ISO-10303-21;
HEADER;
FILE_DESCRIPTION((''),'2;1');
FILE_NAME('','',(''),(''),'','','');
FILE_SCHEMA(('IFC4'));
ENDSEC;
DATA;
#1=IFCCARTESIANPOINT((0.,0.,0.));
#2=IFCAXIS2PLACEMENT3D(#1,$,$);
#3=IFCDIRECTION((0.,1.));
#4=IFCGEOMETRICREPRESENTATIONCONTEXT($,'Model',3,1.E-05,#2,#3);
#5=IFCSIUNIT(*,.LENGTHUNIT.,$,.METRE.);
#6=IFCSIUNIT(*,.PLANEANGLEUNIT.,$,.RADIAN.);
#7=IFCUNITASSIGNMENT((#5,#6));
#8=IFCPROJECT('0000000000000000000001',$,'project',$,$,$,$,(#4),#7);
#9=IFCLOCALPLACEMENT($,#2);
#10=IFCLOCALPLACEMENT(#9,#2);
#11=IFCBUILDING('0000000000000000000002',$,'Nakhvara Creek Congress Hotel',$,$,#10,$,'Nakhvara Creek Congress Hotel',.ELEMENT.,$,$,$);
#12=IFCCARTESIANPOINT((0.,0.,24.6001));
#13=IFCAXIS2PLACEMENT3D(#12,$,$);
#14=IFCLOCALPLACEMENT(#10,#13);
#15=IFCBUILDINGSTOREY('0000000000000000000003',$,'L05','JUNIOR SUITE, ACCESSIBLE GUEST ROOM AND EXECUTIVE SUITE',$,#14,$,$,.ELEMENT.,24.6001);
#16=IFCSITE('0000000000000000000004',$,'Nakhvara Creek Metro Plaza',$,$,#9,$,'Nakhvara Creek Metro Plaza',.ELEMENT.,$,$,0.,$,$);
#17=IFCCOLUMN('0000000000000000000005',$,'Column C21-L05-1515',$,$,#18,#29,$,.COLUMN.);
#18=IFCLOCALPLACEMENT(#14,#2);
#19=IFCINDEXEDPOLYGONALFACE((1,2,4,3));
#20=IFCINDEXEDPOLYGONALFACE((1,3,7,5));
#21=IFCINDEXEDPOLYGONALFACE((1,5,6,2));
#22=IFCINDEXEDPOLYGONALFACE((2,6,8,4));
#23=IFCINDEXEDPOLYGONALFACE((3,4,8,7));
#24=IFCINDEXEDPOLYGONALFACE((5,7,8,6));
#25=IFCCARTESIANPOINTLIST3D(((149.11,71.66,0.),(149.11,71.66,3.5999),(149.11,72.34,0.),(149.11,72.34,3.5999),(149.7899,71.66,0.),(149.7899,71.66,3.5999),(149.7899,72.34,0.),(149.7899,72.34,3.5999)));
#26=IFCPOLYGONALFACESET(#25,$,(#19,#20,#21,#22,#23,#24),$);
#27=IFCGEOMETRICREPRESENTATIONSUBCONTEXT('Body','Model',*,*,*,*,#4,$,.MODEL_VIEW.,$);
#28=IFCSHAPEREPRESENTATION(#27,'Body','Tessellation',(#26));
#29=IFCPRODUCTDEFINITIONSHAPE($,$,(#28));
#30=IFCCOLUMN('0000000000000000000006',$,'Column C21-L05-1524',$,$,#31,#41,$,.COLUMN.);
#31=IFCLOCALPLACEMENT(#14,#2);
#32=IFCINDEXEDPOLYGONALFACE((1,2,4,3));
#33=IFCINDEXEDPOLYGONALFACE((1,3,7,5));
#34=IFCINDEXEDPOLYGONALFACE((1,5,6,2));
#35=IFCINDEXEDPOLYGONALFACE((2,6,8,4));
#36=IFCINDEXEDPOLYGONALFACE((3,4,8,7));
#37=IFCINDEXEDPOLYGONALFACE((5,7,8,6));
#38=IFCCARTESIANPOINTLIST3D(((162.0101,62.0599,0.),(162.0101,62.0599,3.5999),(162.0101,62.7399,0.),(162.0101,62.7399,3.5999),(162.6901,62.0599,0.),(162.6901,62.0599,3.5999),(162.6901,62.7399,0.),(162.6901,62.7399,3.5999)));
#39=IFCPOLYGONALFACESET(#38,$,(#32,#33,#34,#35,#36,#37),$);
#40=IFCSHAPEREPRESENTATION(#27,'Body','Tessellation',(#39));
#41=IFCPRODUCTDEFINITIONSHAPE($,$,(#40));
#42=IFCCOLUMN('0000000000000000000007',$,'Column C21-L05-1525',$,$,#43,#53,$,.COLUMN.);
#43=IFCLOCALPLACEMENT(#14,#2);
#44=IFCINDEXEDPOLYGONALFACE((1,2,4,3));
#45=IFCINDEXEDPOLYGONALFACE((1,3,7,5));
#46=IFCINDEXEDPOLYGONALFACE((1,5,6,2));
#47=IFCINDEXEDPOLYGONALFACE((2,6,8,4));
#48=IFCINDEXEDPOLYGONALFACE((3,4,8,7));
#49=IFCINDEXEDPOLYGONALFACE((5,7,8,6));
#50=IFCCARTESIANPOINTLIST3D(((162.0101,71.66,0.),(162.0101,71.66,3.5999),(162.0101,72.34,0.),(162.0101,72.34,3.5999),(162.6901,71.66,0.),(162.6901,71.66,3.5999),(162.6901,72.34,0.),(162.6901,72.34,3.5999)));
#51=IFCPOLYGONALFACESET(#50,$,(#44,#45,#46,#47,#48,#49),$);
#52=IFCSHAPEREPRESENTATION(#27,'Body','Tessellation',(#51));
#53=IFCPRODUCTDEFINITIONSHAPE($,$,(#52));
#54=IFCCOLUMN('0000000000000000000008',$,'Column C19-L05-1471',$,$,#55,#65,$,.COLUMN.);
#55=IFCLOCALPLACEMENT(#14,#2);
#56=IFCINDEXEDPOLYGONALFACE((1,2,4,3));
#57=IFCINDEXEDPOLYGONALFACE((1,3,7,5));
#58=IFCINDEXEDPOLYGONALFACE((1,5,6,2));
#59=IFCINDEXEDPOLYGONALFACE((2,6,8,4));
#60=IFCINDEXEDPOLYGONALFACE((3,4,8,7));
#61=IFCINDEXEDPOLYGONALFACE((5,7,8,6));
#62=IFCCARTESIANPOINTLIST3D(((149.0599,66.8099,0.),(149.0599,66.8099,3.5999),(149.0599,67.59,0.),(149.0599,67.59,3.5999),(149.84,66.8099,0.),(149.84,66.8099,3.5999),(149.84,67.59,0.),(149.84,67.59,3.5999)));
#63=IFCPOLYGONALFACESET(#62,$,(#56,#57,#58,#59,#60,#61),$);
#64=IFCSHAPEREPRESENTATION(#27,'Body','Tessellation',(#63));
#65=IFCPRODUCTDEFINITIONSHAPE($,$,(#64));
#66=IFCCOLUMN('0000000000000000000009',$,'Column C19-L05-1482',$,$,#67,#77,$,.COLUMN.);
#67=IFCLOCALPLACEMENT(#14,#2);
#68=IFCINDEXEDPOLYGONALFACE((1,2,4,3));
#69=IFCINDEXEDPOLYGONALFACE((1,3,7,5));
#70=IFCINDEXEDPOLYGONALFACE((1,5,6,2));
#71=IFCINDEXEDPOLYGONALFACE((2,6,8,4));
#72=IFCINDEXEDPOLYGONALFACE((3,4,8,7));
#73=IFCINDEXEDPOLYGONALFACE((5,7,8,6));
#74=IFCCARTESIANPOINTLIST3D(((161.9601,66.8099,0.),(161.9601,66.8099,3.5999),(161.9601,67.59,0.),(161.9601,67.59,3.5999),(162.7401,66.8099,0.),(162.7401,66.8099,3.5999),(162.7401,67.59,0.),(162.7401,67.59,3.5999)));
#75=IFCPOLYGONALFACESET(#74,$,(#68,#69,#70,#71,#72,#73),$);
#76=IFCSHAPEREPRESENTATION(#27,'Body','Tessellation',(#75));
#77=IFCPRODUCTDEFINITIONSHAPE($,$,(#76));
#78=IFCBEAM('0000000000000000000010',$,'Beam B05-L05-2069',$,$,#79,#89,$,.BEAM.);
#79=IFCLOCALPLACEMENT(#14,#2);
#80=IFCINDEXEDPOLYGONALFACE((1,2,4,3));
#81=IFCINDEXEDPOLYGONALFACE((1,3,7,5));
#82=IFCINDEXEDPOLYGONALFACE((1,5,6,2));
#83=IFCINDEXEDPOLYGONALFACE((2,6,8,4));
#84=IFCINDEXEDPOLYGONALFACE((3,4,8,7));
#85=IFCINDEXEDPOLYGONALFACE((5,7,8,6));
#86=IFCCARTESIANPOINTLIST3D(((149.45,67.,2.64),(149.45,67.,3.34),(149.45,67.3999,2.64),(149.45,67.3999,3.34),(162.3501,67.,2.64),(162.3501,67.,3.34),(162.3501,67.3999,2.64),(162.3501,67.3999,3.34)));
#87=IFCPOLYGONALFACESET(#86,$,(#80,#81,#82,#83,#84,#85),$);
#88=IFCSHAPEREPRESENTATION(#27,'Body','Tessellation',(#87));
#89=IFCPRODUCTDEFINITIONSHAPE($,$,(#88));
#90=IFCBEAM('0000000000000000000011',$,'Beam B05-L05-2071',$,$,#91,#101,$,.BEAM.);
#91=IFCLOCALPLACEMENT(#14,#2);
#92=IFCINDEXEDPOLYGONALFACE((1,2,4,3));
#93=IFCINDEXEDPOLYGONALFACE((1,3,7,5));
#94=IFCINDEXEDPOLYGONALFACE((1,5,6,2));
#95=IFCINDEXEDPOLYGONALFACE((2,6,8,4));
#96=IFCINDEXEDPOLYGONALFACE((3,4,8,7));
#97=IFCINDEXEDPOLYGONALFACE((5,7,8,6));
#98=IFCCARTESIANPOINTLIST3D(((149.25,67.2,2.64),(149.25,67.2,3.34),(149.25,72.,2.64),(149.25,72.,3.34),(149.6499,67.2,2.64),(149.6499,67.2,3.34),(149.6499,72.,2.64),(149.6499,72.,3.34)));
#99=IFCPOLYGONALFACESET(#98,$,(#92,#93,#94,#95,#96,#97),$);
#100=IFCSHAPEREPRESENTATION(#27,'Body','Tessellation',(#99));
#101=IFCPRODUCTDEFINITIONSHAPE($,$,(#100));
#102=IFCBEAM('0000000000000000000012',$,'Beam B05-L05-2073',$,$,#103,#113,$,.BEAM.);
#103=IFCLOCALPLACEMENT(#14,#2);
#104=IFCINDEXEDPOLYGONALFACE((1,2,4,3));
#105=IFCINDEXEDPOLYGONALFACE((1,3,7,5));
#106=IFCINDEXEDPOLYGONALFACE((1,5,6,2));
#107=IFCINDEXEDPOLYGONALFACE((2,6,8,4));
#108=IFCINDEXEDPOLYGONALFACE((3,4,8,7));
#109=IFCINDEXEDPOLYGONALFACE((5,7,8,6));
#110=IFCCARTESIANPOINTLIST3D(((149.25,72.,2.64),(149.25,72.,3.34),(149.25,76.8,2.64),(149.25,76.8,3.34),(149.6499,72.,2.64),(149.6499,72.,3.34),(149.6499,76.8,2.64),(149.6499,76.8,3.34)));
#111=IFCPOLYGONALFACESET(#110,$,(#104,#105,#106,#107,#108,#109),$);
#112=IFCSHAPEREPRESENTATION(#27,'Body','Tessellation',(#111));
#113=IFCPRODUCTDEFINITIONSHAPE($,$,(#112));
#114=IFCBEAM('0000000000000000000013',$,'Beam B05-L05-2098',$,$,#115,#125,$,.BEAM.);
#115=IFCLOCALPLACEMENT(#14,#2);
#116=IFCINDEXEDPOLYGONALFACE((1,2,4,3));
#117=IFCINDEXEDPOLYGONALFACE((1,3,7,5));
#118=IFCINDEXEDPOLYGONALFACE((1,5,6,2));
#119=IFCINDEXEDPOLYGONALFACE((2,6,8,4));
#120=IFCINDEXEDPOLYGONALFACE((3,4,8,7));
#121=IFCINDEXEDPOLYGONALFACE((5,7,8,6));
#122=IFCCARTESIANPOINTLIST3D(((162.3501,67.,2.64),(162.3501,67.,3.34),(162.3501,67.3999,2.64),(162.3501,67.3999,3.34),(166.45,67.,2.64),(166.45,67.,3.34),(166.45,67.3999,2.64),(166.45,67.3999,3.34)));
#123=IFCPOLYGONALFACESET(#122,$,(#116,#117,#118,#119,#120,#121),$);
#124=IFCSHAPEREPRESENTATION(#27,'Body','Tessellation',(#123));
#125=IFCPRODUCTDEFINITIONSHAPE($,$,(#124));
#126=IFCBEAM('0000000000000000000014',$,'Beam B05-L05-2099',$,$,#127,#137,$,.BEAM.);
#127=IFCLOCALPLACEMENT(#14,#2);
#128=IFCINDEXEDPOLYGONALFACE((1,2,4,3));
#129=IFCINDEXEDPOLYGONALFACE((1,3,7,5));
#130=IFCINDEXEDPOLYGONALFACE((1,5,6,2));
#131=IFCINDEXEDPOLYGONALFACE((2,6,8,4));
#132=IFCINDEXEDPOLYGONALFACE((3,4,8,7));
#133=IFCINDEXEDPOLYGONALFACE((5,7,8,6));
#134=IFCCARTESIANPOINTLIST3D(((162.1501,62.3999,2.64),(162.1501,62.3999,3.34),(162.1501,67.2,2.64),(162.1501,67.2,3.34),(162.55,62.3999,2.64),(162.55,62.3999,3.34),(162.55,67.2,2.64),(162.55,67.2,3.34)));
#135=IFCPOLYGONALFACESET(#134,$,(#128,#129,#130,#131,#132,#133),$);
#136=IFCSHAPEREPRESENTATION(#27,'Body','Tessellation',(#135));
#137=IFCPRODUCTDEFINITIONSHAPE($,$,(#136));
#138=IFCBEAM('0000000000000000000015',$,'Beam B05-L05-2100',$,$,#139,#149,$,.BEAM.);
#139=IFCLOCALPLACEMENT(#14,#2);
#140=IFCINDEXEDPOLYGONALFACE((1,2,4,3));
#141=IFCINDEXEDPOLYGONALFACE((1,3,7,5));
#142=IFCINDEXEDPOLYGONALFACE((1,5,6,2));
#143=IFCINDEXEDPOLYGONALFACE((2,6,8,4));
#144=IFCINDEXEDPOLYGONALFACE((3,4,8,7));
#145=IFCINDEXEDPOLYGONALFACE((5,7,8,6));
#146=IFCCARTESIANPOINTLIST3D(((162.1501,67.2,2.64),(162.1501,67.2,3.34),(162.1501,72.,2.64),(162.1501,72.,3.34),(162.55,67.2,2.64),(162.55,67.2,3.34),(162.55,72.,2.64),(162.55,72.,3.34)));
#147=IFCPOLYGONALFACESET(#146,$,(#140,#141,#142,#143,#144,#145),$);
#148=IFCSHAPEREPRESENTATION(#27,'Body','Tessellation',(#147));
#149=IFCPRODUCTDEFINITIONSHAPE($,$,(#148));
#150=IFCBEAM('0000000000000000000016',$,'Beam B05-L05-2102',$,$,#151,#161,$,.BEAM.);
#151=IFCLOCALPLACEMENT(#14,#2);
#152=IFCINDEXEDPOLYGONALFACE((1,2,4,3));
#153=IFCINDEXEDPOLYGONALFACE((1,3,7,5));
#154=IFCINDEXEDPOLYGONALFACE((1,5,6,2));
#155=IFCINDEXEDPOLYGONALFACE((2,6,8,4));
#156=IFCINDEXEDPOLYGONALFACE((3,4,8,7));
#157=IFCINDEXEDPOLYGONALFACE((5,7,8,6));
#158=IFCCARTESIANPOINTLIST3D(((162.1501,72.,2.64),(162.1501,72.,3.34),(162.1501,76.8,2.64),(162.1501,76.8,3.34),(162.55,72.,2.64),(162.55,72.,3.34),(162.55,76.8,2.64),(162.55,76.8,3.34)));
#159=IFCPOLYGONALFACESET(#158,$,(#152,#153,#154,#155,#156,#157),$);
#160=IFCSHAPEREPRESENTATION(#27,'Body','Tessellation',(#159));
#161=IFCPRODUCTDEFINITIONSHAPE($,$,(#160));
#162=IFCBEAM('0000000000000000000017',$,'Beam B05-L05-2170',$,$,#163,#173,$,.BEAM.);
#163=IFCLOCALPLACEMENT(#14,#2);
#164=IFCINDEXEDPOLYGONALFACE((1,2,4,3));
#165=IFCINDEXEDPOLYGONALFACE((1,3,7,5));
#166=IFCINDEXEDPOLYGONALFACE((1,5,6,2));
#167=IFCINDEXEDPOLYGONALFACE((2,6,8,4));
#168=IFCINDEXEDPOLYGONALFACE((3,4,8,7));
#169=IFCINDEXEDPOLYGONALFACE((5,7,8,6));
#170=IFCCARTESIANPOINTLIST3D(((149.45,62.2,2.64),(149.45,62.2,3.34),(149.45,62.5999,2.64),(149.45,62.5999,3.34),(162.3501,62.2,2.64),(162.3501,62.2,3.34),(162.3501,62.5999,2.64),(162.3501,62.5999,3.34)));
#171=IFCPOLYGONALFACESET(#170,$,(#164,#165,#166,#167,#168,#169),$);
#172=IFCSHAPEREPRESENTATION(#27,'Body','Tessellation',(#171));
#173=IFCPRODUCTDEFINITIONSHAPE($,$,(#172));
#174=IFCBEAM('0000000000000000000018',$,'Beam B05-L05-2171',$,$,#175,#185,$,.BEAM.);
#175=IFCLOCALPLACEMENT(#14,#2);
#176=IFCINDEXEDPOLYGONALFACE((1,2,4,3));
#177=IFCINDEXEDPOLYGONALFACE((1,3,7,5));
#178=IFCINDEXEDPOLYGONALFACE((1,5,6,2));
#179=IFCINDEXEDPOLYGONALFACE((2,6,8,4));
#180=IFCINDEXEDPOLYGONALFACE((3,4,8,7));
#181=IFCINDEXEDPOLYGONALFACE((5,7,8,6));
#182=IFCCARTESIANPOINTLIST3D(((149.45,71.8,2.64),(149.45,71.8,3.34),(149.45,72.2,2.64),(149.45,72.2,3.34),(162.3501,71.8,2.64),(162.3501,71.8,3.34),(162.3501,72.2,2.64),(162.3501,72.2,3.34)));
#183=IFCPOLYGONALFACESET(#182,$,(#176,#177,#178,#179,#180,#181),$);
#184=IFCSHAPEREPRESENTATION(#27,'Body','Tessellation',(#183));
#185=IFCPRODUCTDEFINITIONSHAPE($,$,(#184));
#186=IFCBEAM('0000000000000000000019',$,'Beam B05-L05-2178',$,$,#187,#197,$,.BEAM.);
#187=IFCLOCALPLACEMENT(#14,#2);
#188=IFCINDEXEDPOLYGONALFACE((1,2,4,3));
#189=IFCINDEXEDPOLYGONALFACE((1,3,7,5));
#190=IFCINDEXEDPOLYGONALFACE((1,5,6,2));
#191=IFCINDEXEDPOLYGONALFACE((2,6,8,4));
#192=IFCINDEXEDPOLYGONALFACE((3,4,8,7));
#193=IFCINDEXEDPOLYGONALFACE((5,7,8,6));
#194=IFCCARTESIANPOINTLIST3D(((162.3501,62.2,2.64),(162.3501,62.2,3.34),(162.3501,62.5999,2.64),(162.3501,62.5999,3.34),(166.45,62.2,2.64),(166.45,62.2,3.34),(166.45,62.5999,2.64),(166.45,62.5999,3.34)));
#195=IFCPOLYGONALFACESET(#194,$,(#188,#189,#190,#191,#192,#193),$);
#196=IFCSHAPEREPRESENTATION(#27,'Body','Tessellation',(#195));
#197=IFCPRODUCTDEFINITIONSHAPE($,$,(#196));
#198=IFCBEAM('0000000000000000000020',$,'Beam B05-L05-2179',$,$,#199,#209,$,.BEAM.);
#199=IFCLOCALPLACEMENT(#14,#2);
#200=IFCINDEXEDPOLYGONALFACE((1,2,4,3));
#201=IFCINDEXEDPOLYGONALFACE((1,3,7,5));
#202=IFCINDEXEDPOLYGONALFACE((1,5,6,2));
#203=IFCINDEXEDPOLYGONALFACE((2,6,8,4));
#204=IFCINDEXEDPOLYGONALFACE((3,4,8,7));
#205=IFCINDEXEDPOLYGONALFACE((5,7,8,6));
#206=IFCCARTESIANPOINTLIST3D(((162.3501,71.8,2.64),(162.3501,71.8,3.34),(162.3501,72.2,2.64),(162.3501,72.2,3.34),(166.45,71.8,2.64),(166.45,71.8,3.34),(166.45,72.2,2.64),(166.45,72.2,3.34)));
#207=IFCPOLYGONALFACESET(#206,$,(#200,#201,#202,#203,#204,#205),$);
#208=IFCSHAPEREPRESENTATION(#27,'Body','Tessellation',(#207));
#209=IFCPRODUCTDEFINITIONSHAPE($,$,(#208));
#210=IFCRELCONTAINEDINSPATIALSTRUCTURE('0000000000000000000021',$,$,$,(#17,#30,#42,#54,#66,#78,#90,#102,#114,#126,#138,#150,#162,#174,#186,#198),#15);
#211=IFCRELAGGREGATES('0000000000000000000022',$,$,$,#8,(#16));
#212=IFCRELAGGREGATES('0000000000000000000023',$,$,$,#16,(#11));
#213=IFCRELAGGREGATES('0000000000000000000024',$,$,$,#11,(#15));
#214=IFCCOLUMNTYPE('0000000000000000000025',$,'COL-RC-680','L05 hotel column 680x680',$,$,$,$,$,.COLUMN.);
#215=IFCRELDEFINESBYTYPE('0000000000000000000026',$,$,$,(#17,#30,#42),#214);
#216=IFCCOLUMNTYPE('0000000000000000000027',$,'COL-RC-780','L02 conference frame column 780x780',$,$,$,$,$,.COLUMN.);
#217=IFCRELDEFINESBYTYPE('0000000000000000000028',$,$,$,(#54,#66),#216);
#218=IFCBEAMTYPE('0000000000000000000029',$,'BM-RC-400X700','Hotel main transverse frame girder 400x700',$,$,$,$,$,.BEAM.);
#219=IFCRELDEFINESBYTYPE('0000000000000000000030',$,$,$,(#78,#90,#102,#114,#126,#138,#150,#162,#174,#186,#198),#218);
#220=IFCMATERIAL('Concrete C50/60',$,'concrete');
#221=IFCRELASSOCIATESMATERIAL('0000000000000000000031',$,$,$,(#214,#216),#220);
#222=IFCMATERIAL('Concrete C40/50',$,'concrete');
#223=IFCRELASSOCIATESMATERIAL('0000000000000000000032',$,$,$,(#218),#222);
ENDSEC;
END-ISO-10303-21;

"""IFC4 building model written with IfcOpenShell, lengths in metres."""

from ifc_helpers import new_model, si_unit, direction, frame, origin, origin_2d, place, context, subcontext, project, spatial, rectangle, extrude, material, material_profile, profile_set, type_object, element, save


model = new_model("IFC4")

# Units and contexts
model_context = context("Model", 3, precision=1e-05, world=origin(), true_north=direction((0.0, 1.0)))
body_context = subcontext(model_context, "Body", "Model", "MODEL_VIEW")
ifc_project = project(units=[si_unit("LENGTHUNIT", "METRE"), si_unit("PLANEANGLEUNIT", "RADIAN")], contexts=[model_context])

# Site, building, storey
site_placement = place(None, origin())
site = spatial("IfcSite", under=ifc_project, at=site_placement, Name="Nakhvara Creek Metro Plaza", LongName="Nakhvara Creek Metro Plaza", CompositionType="ELEMENT", RefElevation=0.0)
building_placement = place(site_placement, origin())
building = spatial("IfcBuilding", under=site, at=building_placement, Name="Nakhvara Creek Congress Hotel", LongName="Nakhvara Creek Congress Hotel", CompositionType="ELEMENT")
storey_placement = place(building_placement, frame((0.0, 0.0, 24.6001)))
storey = spatial("IfcBuildingStorey", under=building, at=storey_placement, Name="L05", Description="JUNIOR SUITE, ACCESSIBLE GUEST ROOM AND EXECUTIVE SUITE", CompositionType="ELEMENT", Elevation=24.6001)

# Columns
ifc_material_1 = material(Name="Concrete C50/60", Category="concrete")
ifc_material_profile_1 = material_profile(ifc_material_1, rectangle(XDim=0.6799, YDim=0.6799, at=origin_2d()), Name="RC-COL 680x680", Category="LoadBearing")
ifc_profile_set_1 = profile_set([ifc_material_profile_1], Name="Concrete C50/60")
column_type_1 = type_object("IfcColumnType", Name="COL-RC-680", Description="L05 hotel column 680x680", PredefinedType="COLUMN", material=ifc_profile_set_1)
for number, where, z_axis, x_axis, name in (
    (1, (149.45, 72.0, 0.0), (0.0, 0.0, 1.0), (1.0, 0.0, 0.0), "Column C21-L05-1515"),
    (2, (162.3501, 62.3999, 0.0), (0.0, 0.0, 1.0), (1.0, 0.0, 0.0), "Column C21-L05-1524"),
    (3, (162.3501, 72.0, 0.0), (0.0, 0.0, 1.0), (1.0, 0.0, 0.0), "Column C21-L05-1525"),
):
    element("IfcColumn", number, at=place(storey_placement, frame(where, z_axis=z_axis, x_axis=x_axis)), inside=storey, type_object=column_type_1, Name=name, PredefinedType="COLUMN", context=body_context, shape_type="SweptSolid", body=[
        extrude(rectangle(XDim=0.6799, YDim=0.6799, at=origin_2d()), origin(), (0.0, 0.0, 1.0), 3.5999),
    ])
ifc_material_profile_2 = material_profile(ifc_material_1, rectangle(XDim=0.78, YDim=0.78, at=origin_2d()), Name="RC-COL 780x780", Category="LoadBearing")
ifc_profile_set_2 = profile_set([ifc_material_profile_2], Name="Concrete C50/60")
column_type_2 = type_object("IfcColumnType", Name="COL-RC-780", Description="L02 conference frame column 780x780", PredefinedType="COLUMN", material=ifc_profile_set_2)
for number, where, z_axis, x_axis, name in (
    (4, (149.45, 67.2, 0.0), (0.0, 0.0, 1.0), (1.0, 0.0, 0.0), "Column C19-L05-1471"),
    (5, (162.3501, 67.2, 0.0), (0.0, 0.0, 1.0), (1.0, 0.0, 0.0), "Column C19-L05-1482"),
):
    element("IfcColumn", number, at=place(storey_placement, frame(where, z_axis=z_axis, x_axis=x_axis)), inside=storey, type_object=column_type_2, Name=name, PredefinedType="COLUMN", context=body_context, shape_type="SweptSolid", body=[
        extrude(rectangle(XDim=0.78, YDim=0.78, at=origin_2d()), origin(), (0.0, 0.0, 1.0), 3.5999),
    ])

# Beams
ifc_material_2 = material(Name="Concrete C40/50", Category="concrete")
ifc_material_profile_3 = material_profile(ifc_material_2, rectangle(XDim=0.3999, YDim=0.7, at=origin_2d()), Name="RC-BM 400x700", Category="LoadBearing")
ifc_profile_set_3 = profile_set([ifc_material_profile_3], Name="Concrete C40/50")
beam_type = type_object("IfcBeamType", Name="BM-RC-400X700", Description="Hotel main transverse frame girder 400x700", PredefinedType="BEAM", material=ifc_profile_set_3)
beam_1_placement = place(storey_placement, frame((149.45, 67.2, 2.99), z_axis=(1.0, 0.0, 0.0), x_axis=(0.0, 1.0, 0.0)))
element("IfcBeam", 6, at=beam_1_placement, inside=storey, type_object=beam_type, Name="Beam B05-L05-2069", PredefinedType="BEAM", context=body_context, shape_type="SweptSolid", body=[
    extrude(rectangle(XDim=0.3999, YDim=0.7, at=origin_2d()), origin(), (0.0, 0.0, 1.0), 12.9001),
])
for number, where, z_axis, x_axis, name in (
    (7, (149.45, 67.2, 2.99), (0.0, 1.0, 0.0), (-1.0, 0.0, 0.0), "Beam B05-L05-2071"),
    (8, (149.45, 72.0, 2.99), (0.0, 1.0, 0.0), (-1.0, 0.0, 0.0), "Beam B05-L05-2073"),
):
    element("IfcBeam", number, at=place(storey_placement, frame(where, z_axis=z_axis, x_axis=x_axis)), inside=storey, type_object=beam_type, Name=name, PredefinedType="BEAM", context=body_context, shape_type="SweptSolid", body=[
        extrude(rectangle(XDim=0.3999, YDim=0.7, at=origin_2d()), origin(), (0.0, 0.0, 1.0), 4.8),
    ])
beam_2_placement = place(storey_placement, frame((162.3501, 67.2, 2.99), z_axis=(1.0, 0.0, 0.0), x_axis=(0.0, 1.0, 0.0)))
element("IfcBeam", 9, at=beam_2_placement, inside=storey, type_object=beam_type, Name="Beam B05-L05-2098", PredefinedType="BEAM", context=body_context, shape_type="SweptSolid", body=[
    extrude(rectangle(XDim=0.3999, YDim=0.7, at=origin_2d()), origin(), (0.0, 0.0, 1.0), 4.0999),
])
for number, where, z_axis, x_axis, name in (
    (10, (162.3501, 62.3999, 2.99), (0.0, 1.0, 0.0), (-1.0, 0.0, 0.0), "Beam B05-L05-2099"),
    (11, (162.3501, 67.2, 2.99), (0.0, 1.0, 0.0), (-1.0, 0.0, 0.0), "Beam B05-L05-2100"),
    (12, (162.3501, 72.0, 2.99), (0.0, 1.0, 0.0), (-1.0, 0.0, 0.0), "Beam B05-L05-2102"),
):
    element("IfcBeam", number, at=place(storey_placement, frame(where, z_axis=z_axis, x_axis=x_axis)), inside=storey, type_object=beam_type, Name=name, PredefinedType="BEAM", context=body_context, shape_type="SweptSolid", body=[
        extrude(rectangle(XDim=0.3999, YDim=0.7, at=origin_2d()), origin(), (0.0, 0.0, 1.0), 4.8),
    ])
for number, where, z_axis, x_axis, name in (
    (13, (149.45, 62.3999, 2.99), (1.0, 0.0, 0.0), (0.0, 1.0, 0.0), "Beam B05-L05-2170"),
    (14, (149.45, 72.0, 2.99), (1.0, 0.0, 0.0), (0.0, 1.0, 0.0), "Beam B05-L05-2171"),
):
    element("IfcBeam", number, at=place(storey_placement, frame(where, z_axis=z_axis, x_axis=x_axis)), inside=storey, type_object=beam_type, Name=name, PredefinedType="BEAM", context=body_context, shape_type="SweptSolid", body=[
        extrude(rectangle(XDim=0.3999, YDim=0.7, at=origin_2d()), origin(), (0.0, 0.0, 1.0), 12.9001),
    ])
for number, where, z_axis, x_axis, name in (
    (15, (162.3501, 62.3999, 2.99), (1.0, 0.0, 0.0), (0.0, 1.0, 0.0), "Beam B05-L05-2178"),
    (16, (162.3501, 72.0, 2.99), (1.0, 0.0, 0.0), (0.0, 1.0, 0.0), "Beam B05-L05-2179"),
):
    element("IfcBeam", number, at=place(storey_placement, frame(where, z_axis=z_axis, x_axis=x_axis)), inside=storey, type_object=beam_type, Name=name, PredefinedType="BEAM", context=body_context, shape_type="SweptSolid", body=[
        extrude(rectangle(XDim=0.3999, YDim=0.7, at=origin_2d()), origin(), (0.0, 0.0, 1.0), 4.0999),
    ])

save(model, "model.ifc")
